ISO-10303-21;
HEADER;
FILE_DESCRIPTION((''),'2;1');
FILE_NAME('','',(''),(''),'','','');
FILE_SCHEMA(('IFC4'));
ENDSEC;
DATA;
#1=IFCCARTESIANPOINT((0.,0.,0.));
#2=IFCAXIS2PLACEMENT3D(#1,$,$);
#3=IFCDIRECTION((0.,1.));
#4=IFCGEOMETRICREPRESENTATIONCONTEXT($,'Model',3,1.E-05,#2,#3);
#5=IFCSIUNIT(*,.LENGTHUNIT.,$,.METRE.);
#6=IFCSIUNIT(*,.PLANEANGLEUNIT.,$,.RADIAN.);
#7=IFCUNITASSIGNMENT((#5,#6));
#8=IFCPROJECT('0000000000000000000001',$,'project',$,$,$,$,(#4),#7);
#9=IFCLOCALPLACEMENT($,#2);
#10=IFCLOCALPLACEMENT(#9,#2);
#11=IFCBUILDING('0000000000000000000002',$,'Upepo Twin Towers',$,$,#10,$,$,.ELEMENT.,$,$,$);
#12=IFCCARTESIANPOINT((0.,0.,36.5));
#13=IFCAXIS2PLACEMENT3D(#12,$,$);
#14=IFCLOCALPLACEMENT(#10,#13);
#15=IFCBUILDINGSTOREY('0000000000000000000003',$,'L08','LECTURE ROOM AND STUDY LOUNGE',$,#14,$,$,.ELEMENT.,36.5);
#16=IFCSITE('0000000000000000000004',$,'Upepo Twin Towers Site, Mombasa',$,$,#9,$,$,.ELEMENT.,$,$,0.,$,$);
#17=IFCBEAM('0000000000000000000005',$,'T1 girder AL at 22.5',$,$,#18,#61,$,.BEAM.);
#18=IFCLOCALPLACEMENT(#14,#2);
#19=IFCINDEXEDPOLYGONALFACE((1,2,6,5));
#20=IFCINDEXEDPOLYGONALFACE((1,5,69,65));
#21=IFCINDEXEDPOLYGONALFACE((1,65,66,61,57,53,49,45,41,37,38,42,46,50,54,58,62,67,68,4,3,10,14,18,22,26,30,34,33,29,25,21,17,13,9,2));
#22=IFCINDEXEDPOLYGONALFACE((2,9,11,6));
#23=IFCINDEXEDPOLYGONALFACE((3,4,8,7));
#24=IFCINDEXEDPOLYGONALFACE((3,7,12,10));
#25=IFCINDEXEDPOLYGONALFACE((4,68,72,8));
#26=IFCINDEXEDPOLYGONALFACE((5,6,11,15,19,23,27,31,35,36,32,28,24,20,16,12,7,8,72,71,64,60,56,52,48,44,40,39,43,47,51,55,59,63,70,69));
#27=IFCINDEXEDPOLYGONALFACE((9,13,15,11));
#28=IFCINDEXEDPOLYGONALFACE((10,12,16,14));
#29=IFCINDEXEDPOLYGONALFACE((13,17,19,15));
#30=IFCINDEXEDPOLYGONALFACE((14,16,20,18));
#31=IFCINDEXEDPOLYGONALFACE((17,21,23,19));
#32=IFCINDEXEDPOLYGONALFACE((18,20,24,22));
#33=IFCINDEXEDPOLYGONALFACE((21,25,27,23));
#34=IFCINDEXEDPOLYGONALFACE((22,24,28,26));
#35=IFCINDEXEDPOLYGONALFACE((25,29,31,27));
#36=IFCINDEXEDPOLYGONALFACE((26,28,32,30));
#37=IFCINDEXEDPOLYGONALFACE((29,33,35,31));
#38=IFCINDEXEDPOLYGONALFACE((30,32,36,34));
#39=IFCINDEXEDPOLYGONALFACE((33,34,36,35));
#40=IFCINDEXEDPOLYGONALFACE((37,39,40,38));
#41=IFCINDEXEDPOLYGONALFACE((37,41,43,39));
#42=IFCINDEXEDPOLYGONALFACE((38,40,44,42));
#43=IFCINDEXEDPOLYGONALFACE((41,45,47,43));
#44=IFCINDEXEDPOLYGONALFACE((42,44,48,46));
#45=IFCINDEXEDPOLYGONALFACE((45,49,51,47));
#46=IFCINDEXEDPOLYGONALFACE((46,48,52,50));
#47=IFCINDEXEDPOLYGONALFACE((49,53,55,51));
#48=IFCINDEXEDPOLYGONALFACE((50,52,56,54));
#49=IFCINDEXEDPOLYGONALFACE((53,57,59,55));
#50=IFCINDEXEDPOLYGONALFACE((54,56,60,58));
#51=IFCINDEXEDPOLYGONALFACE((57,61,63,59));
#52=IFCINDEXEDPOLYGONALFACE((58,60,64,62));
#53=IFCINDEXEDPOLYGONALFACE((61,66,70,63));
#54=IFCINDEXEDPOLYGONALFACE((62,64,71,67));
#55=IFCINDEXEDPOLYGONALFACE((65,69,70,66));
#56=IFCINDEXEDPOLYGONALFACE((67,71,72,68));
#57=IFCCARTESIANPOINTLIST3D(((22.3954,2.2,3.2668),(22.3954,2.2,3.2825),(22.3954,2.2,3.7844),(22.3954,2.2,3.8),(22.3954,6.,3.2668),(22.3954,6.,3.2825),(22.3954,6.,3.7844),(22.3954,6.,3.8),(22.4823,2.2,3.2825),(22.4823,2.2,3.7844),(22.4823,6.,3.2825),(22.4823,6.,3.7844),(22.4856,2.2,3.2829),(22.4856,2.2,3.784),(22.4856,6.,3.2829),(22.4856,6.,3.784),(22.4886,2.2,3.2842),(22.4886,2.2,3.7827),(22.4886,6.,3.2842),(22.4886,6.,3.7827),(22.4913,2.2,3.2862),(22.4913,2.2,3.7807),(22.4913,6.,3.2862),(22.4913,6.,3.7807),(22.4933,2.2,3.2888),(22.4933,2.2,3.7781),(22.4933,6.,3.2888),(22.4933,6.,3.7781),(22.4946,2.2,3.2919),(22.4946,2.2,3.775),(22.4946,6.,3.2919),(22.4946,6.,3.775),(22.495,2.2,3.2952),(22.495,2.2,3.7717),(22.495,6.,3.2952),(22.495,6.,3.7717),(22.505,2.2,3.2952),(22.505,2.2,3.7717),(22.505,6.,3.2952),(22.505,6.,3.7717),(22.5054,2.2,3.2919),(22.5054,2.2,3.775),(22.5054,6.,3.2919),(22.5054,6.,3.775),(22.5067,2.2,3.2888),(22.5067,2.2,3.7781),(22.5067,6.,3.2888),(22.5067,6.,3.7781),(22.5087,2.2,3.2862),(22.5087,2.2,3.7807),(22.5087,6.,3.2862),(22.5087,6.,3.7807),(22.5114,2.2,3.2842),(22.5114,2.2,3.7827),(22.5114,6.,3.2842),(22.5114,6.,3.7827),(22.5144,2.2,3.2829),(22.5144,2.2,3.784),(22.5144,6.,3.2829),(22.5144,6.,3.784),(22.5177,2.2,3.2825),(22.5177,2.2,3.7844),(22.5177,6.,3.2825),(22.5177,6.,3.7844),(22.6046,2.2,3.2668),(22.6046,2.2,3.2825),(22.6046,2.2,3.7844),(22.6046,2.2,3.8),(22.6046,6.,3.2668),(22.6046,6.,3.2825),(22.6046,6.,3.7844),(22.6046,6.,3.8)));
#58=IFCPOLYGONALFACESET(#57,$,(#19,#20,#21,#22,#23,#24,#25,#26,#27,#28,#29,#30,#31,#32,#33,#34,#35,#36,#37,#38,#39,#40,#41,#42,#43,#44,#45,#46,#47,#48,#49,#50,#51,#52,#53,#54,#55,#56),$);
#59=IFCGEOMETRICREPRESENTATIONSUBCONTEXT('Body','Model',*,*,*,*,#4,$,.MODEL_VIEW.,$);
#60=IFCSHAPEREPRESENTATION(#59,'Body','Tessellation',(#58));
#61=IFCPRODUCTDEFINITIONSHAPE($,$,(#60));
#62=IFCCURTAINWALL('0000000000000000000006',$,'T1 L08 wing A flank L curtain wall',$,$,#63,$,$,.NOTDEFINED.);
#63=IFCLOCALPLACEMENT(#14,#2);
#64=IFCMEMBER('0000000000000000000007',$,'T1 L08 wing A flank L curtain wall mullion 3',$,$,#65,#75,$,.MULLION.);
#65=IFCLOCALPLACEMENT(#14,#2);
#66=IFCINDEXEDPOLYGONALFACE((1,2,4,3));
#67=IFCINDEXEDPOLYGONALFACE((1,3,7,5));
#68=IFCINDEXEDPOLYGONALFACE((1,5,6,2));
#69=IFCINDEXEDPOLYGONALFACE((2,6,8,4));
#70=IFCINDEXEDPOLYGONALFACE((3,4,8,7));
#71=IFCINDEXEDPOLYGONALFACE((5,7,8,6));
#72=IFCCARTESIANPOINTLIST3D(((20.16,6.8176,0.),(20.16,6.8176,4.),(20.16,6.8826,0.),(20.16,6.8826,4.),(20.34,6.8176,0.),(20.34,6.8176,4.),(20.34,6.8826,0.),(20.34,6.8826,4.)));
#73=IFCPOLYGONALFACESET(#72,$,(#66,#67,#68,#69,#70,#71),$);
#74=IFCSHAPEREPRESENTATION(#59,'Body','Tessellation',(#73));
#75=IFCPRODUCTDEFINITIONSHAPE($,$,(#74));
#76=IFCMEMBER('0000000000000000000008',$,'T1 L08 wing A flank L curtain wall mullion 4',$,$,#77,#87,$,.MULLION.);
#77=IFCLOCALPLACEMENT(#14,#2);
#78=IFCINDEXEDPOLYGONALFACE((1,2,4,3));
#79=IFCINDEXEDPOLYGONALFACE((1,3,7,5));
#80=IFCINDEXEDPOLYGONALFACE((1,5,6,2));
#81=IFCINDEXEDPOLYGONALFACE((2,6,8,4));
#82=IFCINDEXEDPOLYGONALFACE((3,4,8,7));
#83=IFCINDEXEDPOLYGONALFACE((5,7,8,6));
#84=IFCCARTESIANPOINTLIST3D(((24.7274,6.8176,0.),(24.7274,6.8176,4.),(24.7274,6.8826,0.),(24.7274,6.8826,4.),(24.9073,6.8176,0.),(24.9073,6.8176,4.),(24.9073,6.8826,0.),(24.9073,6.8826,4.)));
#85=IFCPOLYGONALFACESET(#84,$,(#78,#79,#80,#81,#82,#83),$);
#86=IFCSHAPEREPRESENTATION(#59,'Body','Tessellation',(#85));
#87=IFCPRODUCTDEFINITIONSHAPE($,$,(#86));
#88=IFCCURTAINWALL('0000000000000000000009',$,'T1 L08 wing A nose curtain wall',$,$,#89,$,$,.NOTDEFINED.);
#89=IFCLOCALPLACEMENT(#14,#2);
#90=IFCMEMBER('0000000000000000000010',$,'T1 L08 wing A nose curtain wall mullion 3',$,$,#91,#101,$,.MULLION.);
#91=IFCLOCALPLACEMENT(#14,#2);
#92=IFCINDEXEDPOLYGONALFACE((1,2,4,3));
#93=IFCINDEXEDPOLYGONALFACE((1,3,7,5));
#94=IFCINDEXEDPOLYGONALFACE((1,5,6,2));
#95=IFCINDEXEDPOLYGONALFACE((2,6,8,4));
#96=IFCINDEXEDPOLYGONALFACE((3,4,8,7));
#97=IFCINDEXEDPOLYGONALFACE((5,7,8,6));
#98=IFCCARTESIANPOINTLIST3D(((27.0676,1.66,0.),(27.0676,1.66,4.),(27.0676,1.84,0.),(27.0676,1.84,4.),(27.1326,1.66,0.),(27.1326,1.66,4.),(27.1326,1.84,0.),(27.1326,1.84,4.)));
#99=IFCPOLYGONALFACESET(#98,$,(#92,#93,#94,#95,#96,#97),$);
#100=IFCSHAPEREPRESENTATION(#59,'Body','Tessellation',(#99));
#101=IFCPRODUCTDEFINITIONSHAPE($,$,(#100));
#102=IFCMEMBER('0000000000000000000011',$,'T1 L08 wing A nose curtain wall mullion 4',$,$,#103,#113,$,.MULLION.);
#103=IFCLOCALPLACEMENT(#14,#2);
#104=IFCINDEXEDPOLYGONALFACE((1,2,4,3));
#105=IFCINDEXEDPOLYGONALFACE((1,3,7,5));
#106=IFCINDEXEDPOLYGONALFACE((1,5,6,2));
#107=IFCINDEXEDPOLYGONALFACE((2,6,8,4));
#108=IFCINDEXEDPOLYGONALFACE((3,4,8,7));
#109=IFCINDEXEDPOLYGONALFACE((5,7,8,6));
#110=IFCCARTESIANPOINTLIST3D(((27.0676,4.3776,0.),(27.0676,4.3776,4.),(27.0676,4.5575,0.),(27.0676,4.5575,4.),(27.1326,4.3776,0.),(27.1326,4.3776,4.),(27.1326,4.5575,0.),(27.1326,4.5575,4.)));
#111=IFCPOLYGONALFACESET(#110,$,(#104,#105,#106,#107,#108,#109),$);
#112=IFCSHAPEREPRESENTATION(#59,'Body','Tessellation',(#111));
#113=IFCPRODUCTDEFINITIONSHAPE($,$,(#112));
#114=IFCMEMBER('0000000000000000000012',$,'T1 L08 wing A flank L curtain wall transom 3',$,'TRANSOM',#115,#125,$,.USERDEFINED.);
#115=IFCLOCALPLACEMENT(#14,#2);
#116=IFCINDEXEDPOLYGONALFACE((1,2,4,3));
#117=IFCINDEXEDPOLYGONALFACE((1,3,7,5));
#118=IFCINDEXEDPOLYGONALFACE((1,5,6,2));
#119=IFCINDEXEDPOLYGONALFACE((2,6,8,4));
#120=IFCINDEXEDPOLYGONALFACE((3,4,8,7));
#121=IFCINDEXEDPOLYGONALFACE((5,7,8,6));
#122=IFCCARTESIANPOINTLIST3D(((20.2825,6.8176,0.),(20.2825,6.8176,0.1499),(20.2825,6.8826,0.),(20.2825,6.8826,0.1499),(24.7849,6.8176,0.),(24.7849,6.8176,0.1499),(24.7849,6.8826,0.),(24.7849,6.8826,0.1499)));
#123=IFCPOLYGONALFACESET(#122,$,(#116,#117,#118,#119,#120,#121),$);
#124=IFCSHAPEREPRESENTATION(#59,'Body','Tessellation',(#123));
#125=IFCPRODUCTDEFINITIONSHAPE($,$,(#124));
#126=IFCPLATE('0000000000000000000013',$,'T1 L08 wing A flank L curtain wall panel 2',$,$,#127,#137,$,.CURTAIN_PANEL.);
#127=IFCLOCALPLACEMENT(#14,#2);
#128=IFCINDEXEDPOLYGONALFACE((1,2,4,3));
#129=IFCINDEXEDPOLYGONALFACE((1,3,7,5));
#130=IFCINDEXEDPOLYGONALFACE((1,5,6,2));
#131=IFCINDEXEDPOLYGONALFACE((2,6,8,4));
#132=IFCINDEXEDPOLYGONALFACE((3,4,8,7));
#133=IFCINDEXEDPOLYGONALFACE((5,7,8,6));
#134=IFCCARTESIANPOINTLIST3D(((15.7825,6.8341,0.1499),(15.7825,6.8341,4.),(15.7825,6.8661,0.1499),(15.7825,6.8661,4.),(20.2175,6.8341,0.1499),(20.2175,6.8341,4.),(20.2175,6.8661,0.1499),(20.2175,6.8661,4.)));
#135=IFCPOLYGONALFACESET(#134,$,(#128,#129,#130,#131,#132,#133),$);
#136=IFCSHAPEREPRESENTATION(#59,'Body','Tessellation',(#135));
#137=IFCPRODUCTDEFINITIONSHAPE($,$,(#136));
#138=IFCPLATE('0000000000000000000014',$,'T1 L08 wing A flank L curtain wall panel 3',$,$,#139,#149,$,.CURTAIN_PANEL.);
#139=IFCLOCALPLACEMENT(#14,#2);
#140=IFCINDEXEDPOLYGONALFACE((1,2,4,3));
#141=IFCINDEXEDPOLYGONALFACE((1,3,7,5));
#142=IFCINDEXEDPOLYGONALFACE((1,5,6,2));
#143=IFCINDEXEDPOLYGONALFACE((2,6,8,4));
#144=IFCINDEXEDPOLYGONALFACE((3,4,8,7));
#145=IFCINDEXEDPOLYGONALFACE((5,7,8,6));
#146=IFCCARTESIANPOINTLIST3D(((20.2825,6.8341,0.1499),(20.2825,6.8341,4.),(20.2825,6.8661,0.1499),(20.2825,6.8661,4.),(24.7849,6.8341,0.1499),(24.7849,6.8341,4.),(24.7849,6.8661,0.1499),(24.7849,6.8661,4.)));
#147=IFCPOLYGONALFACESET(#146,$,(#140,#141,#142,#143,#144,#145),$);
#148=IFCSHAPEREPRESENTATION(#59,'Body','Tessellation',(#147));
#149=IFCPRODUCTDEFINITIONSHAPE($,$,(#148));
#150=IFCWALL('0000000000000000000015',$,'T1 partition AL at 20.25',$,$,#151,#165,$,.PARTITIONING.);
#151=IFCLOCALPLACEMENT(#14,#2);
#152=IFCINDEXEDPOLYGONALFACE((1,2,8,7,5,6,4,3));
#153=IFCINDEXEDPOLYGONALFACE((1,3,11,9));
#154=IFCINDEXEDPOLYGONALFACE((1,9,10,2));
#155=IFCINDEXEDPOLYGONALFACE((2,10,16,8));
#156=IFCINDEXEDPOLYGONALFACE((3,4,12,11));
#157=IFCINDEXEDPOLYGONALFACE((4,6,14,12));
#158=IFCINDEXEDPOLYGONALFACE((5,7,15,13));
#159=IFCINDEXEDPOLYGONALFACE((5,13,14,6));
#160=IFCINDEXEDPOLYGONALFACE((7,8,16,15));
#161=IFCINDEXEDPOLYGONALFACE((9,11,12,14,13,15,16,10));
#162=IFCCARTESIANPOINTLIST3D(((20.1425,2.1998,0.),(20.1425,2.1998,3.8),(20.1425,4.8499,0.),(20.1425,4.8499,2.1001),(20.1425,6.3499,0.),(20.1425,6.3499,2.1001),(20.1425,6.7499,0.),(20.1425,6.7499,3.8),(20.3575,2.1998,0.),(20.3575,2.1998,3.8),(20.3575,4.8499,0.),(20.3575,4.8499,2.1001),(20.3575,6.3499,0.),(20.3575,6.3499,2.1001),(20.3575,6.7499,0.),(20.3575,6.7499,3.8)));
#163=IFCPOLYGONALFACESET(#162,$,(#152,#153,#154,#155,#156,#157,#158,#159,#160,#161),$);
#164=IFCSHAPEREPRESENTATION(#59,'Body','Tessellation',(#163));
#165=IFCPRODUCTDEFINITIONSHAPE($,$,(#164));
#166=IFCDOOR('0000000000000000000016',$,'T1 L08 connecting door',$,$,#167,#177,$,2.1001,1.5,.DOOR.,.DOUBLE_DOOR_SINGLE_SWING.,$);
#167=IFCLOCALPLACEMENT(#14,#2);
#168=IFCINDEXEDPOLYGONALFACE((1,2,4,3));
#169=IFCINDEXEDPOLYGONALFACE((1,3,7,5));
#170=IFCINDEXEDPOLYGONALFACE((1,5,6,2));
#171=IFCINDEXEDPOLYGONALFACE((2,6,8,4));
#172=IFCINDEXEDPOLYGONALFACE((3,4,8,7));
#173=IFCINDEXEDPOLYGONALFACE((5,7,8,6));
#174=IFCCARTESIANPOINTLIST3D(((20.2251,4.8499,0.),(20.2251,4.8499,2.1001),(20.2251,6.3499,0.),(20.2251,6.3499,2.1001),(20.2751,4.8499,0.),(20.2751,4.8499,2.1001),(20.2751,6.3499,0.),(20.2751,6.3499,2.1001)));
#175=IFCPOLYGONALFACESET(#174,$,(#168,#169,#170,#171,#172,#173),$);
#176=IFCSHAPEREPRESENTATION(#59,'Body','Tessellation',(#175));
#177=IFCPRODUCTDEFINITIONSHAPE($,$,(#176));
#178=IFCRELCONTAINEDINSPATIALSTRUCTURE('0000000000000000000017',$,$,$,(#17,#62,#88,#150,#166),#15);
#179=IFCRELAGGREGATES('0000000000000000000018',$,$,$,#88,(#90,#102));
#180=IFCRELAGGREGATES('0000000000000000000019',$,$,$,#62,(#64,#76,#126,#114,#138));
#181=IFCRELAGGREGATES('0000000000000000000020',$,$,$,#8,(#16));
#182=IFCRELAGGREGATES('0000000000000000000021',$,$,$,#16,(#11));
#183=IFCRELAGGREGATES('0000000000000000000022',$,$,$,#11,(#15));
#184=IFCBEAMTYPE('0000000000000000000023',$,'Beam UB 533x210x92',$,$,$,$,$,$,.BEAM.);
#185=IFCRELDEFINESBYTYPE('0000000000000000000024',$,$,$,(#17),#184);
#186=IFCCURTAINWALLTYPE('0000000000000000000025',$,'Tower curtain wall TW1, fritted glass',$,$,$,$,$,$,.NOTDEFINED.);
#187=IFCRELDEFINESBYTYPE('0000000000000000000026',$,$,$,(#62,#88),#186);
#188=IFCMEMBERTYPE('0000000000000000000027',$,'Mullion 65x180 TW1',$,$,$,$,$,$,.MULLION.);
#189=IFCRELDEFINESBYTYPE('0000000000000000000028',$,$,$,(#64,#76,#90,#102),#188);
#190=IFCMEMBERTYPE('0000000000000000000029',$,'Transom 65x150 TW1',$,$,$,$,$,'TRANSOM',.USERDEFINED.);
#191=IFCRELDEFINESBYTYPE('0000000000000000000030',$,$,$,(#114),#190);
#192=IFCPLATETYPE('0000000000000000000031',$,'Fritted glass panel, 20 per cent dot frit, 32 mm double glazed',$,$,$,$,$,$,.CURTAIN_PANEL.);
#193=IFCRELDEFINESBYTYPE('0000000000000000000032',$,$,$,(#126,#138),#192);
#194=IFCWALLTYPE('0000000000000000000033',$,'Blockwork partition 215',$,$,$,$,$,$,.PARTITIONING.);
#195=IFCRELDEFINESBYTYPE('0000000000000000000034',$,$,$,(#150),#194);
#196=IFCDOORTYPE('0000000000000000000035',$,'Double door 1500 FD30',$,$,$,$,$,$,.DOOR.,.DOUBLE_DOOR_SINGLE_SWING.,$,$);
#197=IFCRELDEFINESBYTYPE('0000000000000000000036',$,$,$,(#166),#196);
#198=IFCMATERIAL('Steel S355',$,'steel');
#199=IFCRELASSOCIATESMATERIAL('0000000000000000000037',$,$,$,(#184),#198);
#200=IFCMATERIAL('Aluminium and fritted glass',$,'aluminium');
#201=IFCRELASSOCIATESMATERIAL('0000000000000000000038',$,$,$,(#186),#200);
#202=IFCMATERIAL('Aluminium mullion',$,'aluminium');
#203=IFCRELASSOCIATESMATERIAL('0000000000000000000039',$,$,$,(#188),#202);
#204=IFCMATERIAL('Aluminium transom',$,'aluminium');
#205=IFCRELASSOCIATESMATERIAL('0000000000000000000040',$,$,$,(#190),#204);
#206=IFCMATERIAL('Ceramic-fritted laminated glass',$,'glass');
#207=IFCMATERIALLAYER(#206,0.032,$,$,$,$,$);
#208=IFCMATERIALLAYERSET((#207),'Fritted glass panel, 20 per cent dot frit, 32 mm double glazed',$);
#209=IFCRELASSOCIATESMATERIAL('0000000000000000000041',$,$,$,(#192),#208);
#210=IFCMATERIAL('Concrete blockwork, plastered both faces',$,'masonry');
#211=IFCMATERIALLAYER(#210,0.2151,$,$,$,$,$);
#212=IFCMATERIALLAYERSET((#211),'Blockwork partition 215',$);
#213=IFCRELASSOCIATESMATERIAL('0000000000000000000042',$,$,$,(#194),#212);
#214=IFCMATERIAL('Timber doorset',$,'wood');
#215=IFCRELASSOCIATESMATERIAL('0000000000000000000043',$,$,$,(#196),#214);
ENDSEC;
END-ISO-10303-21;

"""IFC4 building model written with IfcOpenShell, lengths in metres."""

from ifc_helpers import new_model, si_unit, direction, frame, frame_2d, origin, origin_2d, place, context, subcontext, project, spatial, rectangle, i_section, extrude, material, layer, layer_set, material_profile, profile_set, type_object, element, fill, aggregate, save


model = new_model("IFC4")

# Units and contexts
model_context = context("Model", 3, precision=1e-05, world=origin(), true_north=direction((0.0, 1.0)))
body_context = subcontext(model_context, "Body", "Model", "MODEL_VIEW")
ifc_project = project(units=[si_unit("LENGTHUNIT", "METRE"), si_unit("PLANEANGLEUNIT", "RADIAN")], contexts=[model_context])

# Site, building, storey
site_placement = place(None, origin())
site = spatial("IfcSite", under=ifc_project, at=site_placement, Name="Upepo Twin Towers Site, Mombasa", CompositionType="ELEMENT", RefElevation=0.0)
building_placement = place(site_placement, origin())
building = spatial("IfcBuilding", under=site, at=building_placement, Name="Upepo Twin Towers", CompositionType="ELEMENT")
storey_placement = place(building_placement, frame((0.0, 0.0, 36.5)))
storey = spatial("IfcBuildingStorey", under=building, at=storey_placement, Name="L08", Description="LECTURE ROOM AND STUDY LOUNGE", CompositionType="ELEMENT", Elevation=36.5)

# Beam
ifc_material_1 = material(Name="Steel S355", Category="steel")
ifc_material_profile_1 = material_profile(ifc_material_1, i_section(OverallWidth=0.2092, OverallDepth=0.5332, WebThickness=0.01, FlangeThickness=0.0156, FilletRadius=0.0127, at=origin_2d()), Name="UB 533x210x92")
ifc_profile_set_1 = profile_set([ifc_material_profile_1], Name="Steel S355")
beam_type_1 = type_object("IfcBeamType", Name="Beam UB 533x210x92", PredefinedType="BEAM", material=ifc_profile_set_1)
beam_1_placement = place(storey_placement, frame((22.5, 6.0, 3.5334), z_axis=(0.0, -1.0, 0.0), x_axis=(1.0, 0.0, 0.0)))
element("IfcBeam", 1, at=beam_1_placement, inside=storey, type_object=beam_type_1, Name="T1 girder AL at 22.5", PredefinedType="BEAM", context=body_context, shape_type="SweptSolid", body=[
    extrude(i_section(OverallWidth=0.2092, OverallDepth=0.5332, WebThickness=0.01, FlangeThickness=0.0156, FilletRadius=0.0127, at=origin_2d()), origin(), (0.0, 0.0, 1.0), 3.8),
])

# Curtain walls, members
ifc_material_2 = material(Name="Aluminium and fritted glass", Category="aluminium")
curtain_wall_type = type_object("IfcCurtainWallType", Name="Tower curtain wall TW1, fritted glass", PredefinedType="NOTDEFINED", material=ifc_material_2)
curtain_wall_1_placement = place(storey_placement, origin())
curtain_wall_1 = element("IfcCurtainWall", 2, at=curtain_wall_1_placement, inside=storey, type_object=curtain_wall_type, Name="T1 L08 wing A flank L curtain wall", PredefinedType="NOTDEFINED")
ifc_material_3 = material(Name="Aluminium mullion", Category="aluminium")
ifc_material_profile_2 = material_profile(ifc_material_3, rectangle(XDim=0.0649, YDim=0.1799, at=origin_2d()), Name="MULLION 65x180")
ifc_profile_set_2 = profile_set([ifc_material_profile_2], Name="Aluminium mullion")
member_type_1 = type_object("IfcMemberType", Name="Mullion 65x180 TW1", PredefinedType="MULLION", material=ifc_profile_set_2)
member_1_placement = place(storey_placement, frame((20.25, 6.8501, 0.0), z_axis=(0.0, 0.0, 1.0), x_axis=(0.0, 1.0, 0.0)))
member_1 = element("IfcMember", 3, at=member_1_placement, type_object=member_type_1, Name="T1 L08 wing A flank L curtain wall mullion 3", PredefinedType="MULLION", context=body_context, shape_type="SweptSolid", body=[
    extrude(rectangle(XDim=0.0649, YDim=0.1799, at=origin_2d()), origin(), (0.0, 0.0, 1.0), 4.0),
])
member_2_placement = place(storey_placement, frame((24.8174, 6.8501, 0.0), z_axis=(0.0, 0.0, 1.0), x_axis=(0.0, 1.0, 0.0)))
member_2 = element("IfcMember", 4, at=member_2_placement, type_object=member_type_1, Name="T1 L08 wing A flank L curtain wall mullion 4", PredefinedType="MULLION", context=body_context, shape_type="SweptSolid", body=[
    extrude(rectangle(XDim=0.0649, YDim=0.1799, at=origin_2d()), origin(), (0.0, 0.0, 1.0), 4.0),
])
curtain_wall_2_placement = place(storey_placement, origin())
curtain_wall_2 = element("IfcCurtainWall", 5, at=curtain_wall_2_placement, inside=storey, type_object=curtain_wall_type, Name="T1 L08 wing A nose curtain wall", PredefinedType="NOTDEFINED")
member_3_placement = place(storey_placement, frame((27.1001, 1.75, 0.0), z_axis=(0.0, 0.0, 1.0), x_axis=(-1.0, 0.0, 0.0)))
member_3 = element("IfcMember", 6, at=member_3_placement, type_object=member_type_1, Name="T1 L08 wing A nose curtain wall mullion 3", PredefinedType="MULLION", context=body_context, shape_type="SweptSolid", body=[
    extrude(rectangle(XDim=0.0649, YDim=0.1799, at=origin_2d()), origin(), (0.0, 0.0, 1.0), 4.0),
])
member_4_placement = place(storey_placement, frame((27.1001, 4.4675, 0.0), z_axis=(0.0, 0.0, 1.0), x_axis=(-1.0, 0.0, 0.0)))
member_4 = element("IfcMember", 7, at=member_4_placement, type_object=member_type_1, Name="T1 L08 wing A nose curtain wall mullion 4", PredefinedType="MULLION", context=body_context, shape_type="SweptSolid", body=[
    extrude(rectangle(XDim=0.0649, YDim=0.1799, at=origin_2d()), origin(), (0.0, 0.0, 1.0), 4.0),
])
aggregate(curtain_wall_2, [member_3, member_4])

# Member
ifc_material_4 = material(Name="Aluminium transom", Category="aluminium")
ifc_material_profile_3 = material_profile(ifc_material_4, rectangle(XDim=0.0649, YDim=0.1499, at=origin_2d()), Name="TRANSOM 65x150")
ifc_profile_set_3 = profile_set([ifc_material_profile_3], Name="Aluminium transom")
member_type_2 = type_object("IfcMemberType", Name="Transom 65x150 TW1", ElementType="TRANSOM", PredefinedType="USERDEFINED", material=ifc_profile_set_3)
member_5_placement = place(storey_placement, frame((20.2825, 6.8501, 0.075), z_axis=(1.0, 0.0, 0.0), x_axis=(0.0, 1.0, 0.0)))
member_5 = element("IfcMember", 8, at=member_5_placement, type_object=member_type_2, Name="T1 L08 wing A flank L curtain wall transom 3", ObjectType="TRANSOM", PredefinedType="USERDEFINED", context=body_context, shape_type="SweptSolid", body=[
    extrude(rectangle(XDim=0.0649, YDim=0.1499, at=origin_2d()), origin(), (0.0, 0.0, 1.0), 4.5024),
])

# Plates
ifc_material_5 = material(Name="Ceramic-fritted laminated glass", Category="glass")
ifc_layer_1 = layer(ifc_material_5, 0.032)
ifc_layer_set_1 = layer_set([ifc_layer_1], Name="Fritted glass panel, 20 per cent dot frit, 32 mm double glazed")
plate_type = type_object("IfcPlateType", Name="Fritted glass panel, 20 per cent dot frit, 32 mm double glazed", PredefinedType="CURTAIN_PANEL", material=ifc_layer_set_1)
plate_1_placement = place(storey_placement, frame((18.0, 6.8501, 0.1499), z_axis=(0.0, 0.0, 1.0), x_axis=(1.0, 0.0, 0.0)))
plate_1 = element("IfcPlate", 9, at=plate_1_placement, type_object=plate_type, Name="T1 L08 wing A flank L curtain wall panel 2", PredefinedType="CURTAIN_PANEL", context=body_context, shape_type="SweptSolid", body=[
    extrude(rectangle(XDim=4.4351, YDim=0.032, at=origin_2d()), origin(), (0.0, 0.0, 1.0), 3.8501),
])
plate_2_placement = place(storey_placement, frame((22.5337, 6.8501, 0.1499), z_axis=(0.0, 0.0, 1.0), x_axis=(1.0, 0.0, 0.0)))
plate_2 = element("IfcPlate", 10, at=plate_2_placement, type_object=plate_type, Name="T1 L08 wing A flank L curtain wall panel 3", PredefinedType="CURTAIN_PANEL", context=body_context, shape_type="SweptSolid", body=[
    extrude(rectangle(XDim=4.5024, YDim=0.032, at=origin_2d()), origin(), (0.0, 0.0, 1.0), 3.8501),
])
aggregate(curtain_wall_1, [member_1, member_2, plate_1, member_5, plate_2])

# Wall, opening, door
ifc_material_6 = material(Name="Concrete blockwork, plastered both faces", Category="masonry")
ifc_layer_2 = layer(ifc_material_6, 0.2151)
ifc_layer_set_2 = layer_set([ifc_layer_2], Name="Blockwork partition 215")
wall_type_1 = type_object("IfcWallType", Name="Blockwork partition 215", PredefinedType="PARTITIONING", material=ifc_layer_set_2)
wall_1_placement = place(storey_placement, frame((20.25, 2.2, 0.0), z_axis=(0.0, 0.0, 1.0), x_axis=(0.0, 1.0, 0.0)))
wall_1 = element("IfcWall", 11, at=wall_1_placement, inside=storey, type_object=wall_type_1, Name="T1 partition AL at 20.25", PredefinedType="PARTITIONING", context=body_context, shape_type="SweptSolid", body=[
    extrude(rectangle(XDim=4.55, YDim=0.2151, at=frame_2d((2.2749, 0.0))), origin(), (0.0, 0.0, 1.0), 3.8),
])
opening_placement = place(wall_1_placement, frame((2.6499, 0.0, 0.0)))
opening = element("IfcOpeningElement", 12, at=opening_placement, cuts=wall_1, PredefinedType="OPENING", context=body_context, shape_type="SweptSolid", body=[
    extrude(rectangle(XDim=1.5, YDim=2.1001, at=frame_2d((0.75, 1.05))), frame((0.0, 0.1174, 0.0), z_axis=(0.0, -1.0, 0.0), x_axis=(1.0, 0.0, 0.0)), (0.0, 0.0, 1.0), 0.2351),
])
ifc_material_7 = material(Name="Timber doorset", Category="wood")
door_type = type_object("IfcDoorType", Name="Double door 1500 FD30", OperationType="DOUBLE_DOOR_SINGLE_SWING", PredefinedType="DOOR", material=ifc_material_7)
door_placement = place(opening_placement, origin())
door = element("IfcDoor", 13, at=door_placement, inside=storey, type_object=door_type, Name="T1 L08 connecting door", OperationType="DOUBLE_DOOR_SINGLE_SWING", OverallHeight=2.1001, OverallWidth=1.5, PredefinedType="DOOR", context=body_context, shape_type="SweptSolid", body=[
    extrude(rectangle(XDim=1.5, YDim=2.1001, at=frame_2d((0.75, 1.05))), frame((0.0, 0.0249, 0.0), z_axis=(0.0, -1.0, 0.0), x_axis=(1.0, 0.0, 0.0)), (0.0, 0.0, 1.0), 0.05),
])
fill(opening, door)

save(model, "model.ifc")
